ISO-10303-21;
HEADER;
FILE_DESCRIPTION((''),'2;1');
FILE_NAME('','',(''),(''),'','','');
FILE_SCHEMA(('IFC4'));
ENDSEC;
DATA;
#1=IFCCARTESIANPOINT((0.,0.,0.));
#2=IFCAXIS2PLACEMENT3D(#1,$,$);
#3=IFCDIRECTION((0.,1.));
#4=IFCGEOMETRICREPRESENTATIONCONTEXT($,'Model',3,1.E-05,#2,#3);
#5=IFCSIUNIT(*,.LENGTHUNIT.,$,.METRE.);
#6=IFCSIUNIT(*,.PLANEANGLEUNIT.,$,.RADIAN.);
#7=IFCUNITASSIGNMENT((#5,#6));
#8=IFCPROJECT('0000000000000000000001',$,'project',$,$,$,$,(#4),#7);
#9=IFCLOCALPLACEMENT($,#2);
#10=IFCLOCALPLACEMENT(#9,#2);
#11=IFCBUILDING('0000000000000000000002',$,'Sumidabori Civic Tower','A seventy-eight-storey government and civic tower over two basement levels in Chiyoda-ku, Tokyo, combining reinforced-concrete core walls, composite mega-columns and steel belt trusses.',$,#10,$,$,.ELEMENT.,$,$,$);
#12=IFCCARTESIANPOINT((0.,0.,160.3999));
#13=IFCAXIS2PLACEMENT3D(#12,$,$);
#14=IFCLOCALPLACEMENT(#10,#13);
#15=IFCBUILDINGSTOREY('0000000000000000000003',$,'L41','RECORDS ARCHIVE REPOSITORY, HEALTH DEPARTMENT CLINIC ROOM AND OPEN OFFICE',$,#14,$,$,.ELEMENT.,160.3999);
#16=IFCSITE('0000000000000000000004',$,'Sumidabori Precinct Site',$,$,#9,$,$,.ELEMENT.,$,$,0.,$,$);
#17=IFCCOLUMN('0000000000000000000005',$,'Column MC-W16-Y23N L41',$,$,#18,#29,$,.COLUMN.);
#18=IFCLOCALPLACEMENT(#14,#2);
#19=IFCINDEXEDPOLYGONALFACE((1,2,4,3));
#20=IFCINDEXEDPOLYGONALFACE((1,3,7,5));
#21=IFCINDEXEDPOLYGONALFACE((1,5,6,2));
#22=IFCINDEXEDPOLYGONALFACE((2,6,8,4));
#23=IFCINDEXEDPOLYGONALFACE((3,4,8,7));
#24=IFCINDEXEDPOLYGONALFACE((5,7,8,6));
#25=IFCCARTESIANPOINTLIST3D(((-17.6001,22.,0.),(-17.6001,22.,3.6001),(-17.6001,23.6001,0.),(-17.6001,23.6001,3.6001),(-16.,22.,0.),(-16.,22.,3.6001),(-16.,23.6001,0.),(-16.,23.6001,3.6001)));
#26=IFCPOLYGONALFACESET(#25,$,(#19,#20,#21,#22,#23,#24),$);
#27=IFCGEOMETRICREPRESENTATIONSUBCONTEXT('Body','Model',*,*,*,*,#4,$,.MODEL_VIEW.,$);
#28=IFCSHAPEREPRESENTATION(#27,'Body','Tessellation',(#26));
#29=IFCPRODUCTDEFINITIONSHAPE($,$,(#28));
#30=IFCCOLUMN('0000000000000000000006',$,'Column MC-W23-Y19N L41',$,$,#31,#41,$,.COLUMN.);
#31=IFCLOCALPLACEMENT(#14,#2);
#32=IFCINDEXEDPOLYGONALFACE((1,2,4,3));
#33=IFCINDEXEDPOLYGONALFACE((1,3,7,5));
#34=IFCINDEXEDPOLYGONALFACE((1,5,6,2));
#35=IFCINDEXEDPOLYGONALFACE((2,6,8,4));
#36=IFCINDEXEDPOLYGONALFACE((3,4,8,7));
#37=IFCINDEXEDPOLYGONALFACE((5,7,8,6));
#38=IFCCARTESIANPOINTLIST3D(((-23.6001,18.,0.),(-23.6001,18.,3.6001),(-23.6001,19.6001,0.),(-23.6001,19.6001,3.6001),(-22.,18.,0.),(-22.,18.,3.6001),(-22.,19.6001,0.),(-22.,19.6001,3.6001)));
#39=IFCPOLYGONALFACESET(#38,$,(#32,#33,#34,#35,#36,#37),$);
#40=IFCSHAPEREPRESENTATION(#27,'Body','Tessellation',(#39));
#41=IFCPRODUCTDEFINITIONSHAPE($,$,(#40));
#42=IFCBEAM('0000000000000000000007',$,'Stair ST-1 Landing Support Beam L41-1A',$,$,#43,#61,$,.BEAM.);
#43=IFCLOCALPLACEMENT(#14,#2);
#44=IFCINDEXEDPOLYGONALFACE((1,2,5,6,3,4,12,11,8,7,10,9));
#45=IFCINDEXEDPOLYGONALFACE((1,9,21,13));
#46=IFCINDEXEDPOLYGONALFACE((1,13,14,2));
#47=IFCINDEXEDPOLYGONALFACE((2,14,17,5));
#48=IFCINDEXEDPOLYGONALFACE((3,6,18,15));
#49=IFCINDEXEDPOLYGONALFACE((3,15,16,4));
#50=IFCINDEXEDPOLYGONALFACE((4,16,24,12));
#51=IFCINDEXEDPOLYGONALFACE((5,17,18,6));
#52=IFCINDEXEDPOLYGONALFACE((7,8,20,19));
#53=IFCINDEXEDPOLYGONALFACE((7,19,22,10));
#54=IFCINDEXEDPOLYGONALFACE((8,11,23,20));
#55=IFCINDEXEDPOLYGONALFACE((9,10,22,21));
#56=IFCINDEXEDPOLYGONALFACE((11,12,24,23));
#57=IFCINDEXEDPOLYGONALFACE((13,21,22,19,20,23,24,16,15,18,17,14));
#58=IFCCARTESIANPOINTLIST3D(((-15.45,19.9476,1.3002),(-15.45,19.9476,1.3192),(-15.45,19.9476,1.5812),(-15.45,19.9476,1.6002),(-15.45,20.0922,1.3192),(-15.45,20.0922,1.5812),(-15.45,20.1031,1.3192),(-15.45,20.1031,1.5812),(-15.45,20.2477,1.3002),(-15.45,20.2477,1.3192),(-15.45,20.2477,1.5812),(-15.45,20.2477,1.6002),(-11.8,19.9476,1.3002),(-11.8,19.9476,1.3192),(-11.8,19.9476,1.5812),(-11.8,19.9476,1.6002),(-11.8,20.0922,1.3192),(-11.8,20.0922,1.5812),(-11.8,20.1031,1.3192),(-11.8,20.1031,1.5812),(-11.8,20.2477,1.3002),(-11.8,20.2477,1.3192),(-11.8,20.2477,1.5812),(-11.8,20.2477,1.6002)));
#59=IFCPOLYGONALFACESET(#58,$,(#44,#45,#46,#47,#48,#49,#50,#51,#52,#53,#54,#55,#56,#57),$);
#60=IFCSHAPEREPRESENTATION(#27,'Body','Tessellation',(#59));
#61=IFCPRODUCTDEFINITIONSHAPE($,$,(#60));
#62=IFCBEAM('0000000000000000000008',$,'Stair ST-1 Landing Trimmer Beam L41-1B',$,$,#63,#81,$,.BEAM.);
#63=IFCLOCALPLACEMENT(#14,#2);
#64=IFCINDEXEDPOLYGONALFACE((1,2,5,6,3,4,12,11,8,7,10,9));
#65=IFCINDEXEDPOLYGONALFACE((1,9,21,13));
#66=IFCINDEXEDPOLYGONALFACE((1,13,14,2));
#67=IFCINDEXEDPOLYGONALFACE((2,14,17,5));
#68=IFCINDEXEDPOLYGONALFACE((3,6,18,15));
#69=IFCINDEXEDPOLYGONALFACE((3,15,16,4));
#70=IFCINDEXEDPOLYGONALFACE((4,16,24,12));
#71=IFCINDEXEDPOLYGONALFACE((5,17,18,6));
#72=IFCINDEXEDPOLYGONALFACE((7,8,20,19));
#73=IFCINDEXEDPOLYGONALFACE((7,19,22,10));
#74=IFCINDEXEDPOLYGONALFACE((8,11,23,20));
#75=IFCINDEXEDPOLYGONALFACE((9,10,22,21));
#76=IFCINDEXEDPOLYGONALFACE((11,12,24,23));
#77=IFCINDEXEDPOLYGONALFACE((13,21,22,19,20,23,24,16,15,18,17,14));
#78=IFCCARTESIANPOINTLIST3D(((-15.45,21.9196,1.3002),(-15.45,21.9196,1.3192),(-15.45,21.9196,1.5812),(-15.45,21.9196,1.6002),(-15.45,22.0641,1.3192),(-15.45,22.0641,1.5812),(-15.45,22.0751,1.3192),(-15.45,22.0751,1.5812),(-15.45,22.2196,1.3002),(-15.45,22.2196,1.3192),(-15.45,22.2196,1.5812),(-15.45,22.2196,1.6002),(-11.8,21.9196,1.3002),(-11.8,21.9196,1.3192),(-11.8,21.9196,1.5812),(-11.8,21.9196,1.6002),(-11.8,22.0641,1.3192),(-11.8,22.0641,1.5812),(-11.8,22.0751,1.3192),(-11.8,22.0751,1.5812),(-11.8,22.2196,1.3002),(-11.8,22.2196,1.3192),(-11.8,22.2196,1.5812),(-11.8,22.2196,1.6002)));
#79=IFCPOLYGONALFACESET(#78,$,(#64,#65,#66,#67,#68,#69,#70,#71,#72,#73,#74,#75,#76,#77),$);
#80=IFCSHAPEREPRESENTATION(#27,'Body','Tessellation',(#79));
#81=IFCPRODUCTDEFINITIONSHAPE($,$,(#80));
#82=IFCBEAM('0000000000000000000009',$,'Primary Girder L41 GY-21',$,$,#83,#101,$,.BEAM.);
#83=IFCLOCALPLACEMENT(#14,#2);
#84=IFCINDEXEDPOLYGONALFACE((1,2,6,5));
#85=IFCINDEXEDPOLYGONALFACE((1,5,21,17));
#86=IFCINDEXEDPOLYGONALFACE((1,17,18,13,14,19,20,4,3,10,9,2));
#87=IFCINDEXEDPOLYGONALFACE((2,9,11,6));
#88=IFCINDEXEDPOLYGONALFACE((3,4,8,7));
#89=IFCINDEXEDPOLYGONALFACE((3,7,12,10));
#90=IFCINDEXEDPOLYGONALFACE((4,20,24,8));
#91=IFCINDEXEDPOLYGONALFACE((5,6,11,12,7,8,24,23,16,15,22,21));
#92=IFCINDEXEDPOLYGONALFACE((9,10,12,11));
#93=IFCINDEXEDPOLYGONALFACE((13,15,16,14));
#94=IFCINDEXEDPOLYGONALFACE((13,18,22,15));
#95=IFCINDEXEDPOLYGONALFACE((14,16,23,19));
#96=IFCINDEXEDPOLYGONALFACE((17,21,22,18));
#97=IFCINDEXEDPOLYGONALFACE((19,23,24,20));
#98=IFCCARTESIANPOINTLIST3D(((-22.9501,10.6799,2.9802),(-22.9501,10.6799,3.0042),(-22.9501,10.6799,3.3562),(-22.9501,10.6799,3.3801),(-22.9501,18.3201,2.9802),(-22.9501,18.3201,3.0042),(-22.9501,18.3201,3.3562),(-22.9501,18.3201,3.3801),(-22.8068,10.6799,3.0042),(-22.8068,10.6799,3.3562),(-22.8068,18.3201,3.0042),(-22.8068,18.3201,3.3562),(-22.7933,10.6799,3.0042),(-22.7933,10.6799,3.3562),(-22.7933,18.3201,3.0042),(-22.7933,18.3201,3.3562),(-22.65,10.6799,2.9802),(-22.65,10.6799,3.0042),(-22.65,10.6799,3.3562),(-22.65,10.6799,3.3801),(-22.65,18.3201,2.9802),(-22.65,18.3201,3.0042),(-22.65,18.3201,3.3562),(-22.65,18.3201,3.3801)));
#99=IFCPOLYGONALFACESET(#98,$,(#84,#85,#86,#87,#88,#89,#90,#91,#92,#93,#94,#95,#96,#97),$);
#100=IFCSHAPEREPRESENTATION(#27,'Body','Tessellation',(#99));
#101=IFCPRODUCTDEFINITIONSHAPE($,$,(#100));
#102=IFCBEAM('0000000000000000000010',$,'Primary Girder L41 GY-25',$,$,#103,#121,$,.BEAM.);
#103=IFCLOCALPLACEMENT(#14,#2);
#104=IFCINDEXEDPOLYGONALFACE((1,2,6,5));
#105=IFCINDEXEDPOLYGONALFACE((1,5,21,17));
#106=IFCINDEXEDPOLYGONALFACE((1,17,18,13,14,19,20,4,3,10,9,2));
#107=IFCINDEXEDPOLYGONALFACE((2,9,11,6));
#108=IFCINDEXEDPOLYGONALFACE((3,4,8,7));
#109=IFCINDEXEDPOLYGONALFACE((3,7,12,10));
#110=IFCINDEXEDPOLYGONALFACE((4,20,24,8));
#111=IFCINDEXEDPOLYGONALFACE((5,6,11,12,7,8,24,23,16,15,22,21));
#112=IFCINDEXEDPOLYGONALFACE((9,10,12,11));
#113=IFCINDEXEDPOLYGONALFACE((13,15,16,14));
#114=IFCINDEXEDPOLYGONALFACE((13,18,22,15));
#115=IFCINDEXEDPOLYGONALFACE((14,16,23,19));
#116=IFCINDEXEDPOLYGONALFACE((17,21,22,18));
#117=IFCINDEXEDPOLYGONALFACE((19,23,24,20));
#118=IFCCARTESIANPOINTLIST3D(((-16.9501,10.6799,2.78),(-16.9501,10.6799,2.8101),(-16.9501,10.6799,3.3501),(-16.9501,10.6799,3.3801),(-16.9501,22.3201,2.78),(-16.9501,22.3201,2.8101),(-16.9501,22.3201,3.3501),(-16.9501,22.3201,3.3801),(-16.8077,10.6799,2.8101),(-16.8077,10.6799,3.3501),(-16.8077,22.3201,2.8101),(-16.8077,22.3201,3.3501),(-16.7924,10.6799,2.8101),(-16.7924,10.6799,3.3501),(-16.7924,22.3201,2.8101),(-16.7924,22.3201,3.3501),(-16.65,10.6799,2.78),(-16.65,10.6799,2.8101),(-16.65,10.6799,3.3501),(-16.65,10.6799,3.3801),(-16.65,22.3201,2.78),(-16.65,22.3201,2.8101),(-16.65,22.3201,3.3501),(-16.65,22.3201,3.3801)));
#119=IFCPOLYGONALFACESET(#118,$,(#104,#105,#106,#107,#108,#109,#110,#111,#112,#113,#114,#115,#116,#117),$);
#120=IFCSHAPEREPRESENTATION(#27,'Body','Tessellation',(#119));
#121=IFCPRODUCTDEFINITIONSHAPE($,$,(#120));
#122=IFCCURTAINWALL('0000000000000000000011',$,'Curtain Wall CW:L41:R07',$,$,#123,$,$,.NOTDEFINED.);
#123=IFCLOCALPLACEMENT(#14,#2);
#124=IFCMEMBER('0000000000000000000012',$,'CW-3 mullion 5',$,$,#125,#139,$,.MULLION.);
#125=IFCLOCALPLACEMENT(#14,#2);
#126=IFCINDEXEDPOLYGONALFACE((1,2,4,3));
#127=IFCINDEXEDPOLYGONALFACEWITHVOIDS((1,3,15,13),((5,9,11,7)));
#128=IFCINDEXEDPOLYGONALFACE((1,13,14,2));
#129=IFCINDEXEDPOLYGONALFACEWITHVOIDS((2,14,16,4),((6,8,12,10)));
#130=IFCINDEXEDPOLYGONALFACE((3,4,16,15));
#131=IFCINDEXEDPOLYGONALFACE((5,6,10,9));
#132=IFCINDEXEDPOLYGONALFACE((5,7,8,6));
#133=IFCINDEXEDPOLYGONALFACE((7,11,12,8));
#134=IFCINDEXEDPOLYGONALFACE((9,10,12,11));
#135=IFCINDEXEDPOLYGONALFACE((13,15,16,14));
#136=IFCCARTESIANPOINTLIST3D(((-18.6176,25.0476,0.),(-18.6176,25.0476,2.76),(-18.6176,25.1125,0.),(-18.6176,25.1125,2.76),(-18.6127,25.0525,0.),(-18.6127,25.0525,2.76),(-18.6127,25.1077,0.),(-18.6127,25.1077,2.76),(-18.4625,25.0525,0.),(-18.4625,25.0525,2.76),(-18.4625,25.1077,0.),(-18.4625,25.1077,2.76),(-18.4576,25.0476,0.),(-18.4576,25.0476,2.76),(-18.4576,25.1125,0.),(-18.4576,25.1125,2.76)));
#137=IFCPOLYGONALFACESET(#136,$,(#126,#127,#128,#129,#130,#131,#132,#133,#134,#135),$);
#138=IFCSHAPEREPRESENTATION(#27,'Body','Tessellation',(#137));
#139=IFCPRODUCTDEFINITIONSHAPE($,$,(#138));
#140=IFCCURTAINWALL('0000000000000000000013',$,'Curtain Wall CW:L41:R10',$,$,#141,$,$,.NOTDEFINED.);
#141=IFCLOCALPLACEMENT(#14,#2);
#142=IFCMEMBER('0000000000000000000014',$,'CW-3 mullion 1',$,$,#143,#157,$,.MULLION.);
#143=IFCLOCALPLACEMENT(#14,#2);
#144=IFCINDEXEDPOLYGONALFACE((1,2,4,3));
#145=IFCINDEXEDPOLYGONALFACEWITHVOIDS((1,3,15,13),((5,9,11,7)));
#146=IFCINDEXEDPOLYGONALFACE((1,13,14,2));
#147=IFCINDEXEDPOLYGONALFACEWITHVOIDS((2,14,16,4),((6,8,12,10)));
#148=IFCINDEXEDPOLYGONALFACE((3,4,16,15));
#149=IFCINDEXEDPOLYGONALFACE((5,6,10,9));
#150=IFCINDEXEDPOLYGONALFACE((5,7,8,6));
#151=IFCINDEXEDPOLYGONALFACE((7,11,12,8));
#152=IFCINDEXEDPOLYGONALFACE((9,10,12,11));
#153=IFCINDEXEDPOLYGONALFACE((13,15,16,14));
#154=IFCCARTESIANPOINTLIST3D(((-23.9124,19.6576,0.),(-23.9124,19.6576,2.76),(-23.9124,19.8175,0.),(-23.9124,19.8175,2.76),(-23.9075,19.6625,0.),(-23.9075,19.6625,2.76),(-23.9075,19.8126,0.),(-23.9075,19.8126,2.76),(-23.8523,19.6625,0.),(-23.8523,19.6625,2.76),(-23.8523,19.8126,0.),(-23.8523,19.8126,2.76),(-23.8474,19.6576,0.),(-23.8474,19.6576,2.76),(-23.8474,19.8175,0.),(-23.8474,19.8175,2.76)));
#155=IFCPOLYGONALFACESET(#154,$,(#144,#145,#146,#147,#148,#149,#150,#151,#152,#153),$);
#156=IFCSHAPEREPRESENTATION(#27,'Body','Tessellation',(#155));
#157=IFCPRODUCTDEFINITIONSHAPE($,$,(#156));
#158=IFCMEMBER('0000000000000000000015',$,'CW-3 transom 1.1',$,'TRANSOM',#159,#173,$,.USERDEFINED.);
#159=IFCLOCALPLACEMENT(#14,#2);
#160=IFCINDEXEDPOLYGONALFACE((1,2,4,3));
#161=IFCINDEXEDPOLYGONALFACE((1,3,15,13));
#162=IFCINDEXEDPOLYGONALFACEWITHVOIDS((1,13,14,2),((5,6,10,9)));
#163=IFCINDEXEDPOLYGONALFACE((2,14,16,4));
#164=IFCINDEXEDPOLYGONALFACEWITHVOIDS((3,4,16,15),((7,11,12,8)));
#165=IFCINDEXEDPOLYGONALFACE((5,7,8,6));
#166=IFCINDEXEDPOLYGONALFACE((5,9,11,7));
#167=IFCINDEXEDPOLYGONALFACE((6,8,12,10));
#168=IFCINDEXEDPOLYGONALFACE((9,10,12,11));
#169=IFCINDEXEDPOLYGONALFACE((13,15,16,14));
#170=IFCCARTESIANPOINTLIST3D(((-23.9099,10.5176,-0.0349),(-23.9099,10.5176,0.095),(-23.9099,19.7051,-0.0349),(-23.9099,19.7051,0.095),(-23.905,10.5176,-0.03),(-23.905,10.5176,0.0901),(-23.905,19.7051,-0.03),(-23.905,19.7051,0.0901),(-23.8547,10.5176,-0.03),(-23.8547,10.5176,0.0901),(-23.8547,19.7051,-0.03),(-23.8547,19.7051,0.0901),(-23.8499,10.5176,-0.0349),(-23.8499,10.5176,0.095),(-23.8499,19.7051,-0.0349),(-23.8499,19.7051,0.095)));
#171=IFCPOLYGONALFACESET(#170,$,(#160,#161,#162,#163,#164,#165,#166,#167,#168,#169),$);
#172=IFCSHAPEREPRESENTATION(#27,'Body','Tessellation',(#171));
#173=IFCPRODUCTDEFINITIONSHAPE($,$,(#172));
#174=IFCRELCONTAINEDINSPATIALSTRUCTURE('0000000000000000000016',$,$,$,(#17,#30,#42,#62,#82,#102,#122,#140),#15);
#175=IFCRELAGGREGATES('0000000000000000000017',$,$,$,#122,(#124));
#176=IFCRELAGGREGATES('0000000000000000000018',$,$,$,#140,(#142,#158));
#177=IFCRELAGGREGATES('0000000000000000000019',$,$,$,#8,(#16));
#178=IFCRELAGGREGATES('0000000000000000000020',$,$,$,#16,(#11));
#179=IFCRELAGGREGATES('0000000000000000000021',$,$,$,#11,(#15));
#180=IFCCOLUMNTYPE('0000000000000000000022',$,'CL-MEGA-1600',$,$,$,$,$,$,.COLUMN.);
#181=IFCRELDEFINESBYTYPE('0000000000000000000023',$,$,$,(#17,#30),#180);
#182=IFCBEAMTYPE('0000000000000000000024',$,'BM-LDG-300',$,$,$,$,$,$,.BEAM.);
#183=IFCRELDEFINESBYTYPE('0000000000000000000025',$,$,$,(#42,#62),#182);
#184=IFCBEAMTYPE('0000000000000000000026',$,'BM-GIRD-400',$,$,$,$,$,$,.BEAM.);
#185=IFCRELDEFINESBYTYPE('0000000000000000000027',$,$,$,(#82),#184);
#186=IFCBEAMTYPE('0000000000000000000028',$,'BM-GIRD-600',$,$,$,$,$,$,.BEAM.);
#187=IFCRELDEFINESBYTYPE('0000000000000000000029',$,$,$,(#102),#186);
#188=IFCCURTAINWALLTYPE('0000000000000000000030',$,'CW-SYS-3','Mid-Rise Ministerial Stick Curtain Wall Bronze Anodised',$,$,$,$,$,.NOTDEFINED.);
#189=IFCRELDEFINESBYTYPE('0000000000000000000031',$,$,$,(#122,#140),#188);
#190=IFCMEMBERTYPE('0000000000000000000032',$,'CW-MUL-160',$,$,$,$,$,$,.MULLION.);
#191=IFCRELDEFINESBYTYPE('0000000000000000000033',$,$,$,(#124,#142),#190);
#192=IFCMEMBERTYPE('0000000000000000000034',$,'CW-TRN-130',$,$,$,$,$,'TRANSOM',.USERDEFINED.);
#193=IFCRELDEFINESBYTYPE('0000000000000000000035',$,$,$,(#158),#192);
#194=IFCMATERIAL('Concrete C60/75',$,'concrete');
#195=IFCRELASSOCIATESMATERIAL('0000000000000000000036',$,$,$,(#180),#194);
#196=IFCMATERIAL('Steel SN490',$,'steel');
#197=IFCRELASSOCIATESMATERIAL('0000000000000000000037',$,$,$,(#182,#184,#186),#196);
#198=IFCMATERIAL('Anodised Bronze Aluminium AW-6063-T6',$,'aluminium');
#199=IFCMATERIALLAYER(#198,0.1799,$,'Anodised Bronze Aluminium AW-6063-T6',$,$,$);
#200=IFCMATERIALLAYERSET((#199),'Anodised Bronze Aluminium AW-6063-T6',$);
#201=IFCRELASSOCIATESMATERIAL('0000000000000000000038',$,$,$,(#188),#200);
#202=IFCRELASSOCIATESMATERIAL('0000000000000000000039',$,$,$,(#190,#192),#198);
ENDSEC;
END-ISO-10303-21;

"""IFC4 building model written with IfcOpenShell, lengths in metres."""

from ifc_helpers import new_model, si_unit, direction, frame, origin, origin_2d, place, context, subcontext, project, spatial, rectangle, hollow_rectangle, i_section, extrude, source, transform, mapped, material, layer, layer_set, material_profile, profile_set, type_object, element, aggregate, save


model = new_model("IFC4")

# Units and contexts
model_context = context("Model", 3, precision=1e-05, world=origin(), true_north=direction((0.0, 1.0)))
body_context = subcontext(model_context, "Body", "Model", "MODEL_VIEW")
ifc_project = project(units=[si_unit("LENGTHUNIT", "METRE"), si_unit("PLANEANGLEUNIT", "RADIAN")], contexts=[model_context])

# Site, building, storey
site_placement = place(None, origin())
site = spatial("IfcSite", under=ifc_project, at=site_placement, Name="Sumidabori Precinct Site", CompositionType="ELEMENT", RefElevation=0.0)
building_placement = place(site_placement, origin())
building = spatial("IfcBuilding", under=site, at=building_placement, Name="Sumidabori Civic Tower", Description="A seventy-eight-storey government and civic tower over two basement levels in Chiyoda-ku, Tokyo, combining reinforced-concrete core walls, composite mega-columns and steel belt trusses.", CompositionType="ELEMENT")
storey_placement = place(building_placement, frame((0.0, 0.0, 160.3999)))
storey = spatial("IfcBuildingStorey", under=building, at=storey_placement, Name="L41", Description="RECORDS ARCHIVE REPOSITORY, HEALTH DEPARTMENT CLINIC ROOM AND OPEN OFFICE", CompositionType="ELEMENT", Elevation=160.3999)

# Columns
ifc_material_1 = material(Name="Concrete C60/75", Category="concrete")
ifc_material_profile_1 = material_profile(ifc_material_1, rectangle(XDim=1.6001, YDim=1.6001, at=origin_2d()), Name="RC 1600x1600")
ifc_profile_set_1 = profile_set([ifc_material_profile_1], Name="Concrete C60/75")
column_type = type_object("IfcColumnType", Name="CL-MEGA-1600", PredefinedType="COLUMN", material=ifc_profile_set_1)
shared_shape_1 = source(origin(), body_context, "Body", "SweptSolid", [
    extrude(rectangle(XDim=1.6001, YDim=1.6001, at=origin_2d()), origin(), (0.0, 0.0, 1.0), 3.6001),
])
for number, where, z_axis, x_axis, name in (
    (1, (-16.8, 22.8, 0.0), (0.0, 0.0, 1.0), (1.0, 0.0, 0.0), "Column MC-W16-Y23N L41"),
    (2, (-22.8, 18.8, 0.0), (0.0, 0.0, 1.0), (1.0, 0.0, 0.0), "Column MC-W23-Y19N L41"),
):
    element("IfcColumn", number, at=place(storey_placement, frame(where, z_axis=z_axis, x_axis=x_axis)), inside=storey, type_object=column_type, Name=name, PredefinedType="COLUMN", context=body_context, shape_type="MappedRepresentation", body=[
        mapped(shared_shape_1, transform((0.0, 0.0, 0.0), x_axis=(1.0, 0.0, 0.0), y_axis=(0.0, 1.0, 0.0), z_axis=(0.0, 0.0, 1.0), scale=1.0)),
    ])

# Beams
ifc_material_2 = material(Name="Steel SN490", Category="steel")
ifc_material_profile_2 = material_profile(ifc_material_2, i_section(OverallWidth=0.3, OverallDepth=0.3, WebThickness=0.011, FlangeThickness=0.019, at=origin_2d()), Name="HE 300 B")
ifc_profile_set_2 = profile_set([ifc_material_profile_2], Name="Steel SN490")
beam_type_1 = type_object("IfcBeamType", Name="BM-LDG-300", PredefinedType="BEAM", material=ifc_profile_set_2)
shared_shape_2 = source(origin(), body_context, "Body", "SweptSolid", [
    extrude(i_section(OverallWidth=0.3, OverallDepth=0.3, WebThickness=0.011, FlangeThickness=0.019, at=origin_2d()), origin(), (0.0, 0.0, 1.0), 3.6499),
])
for number, where, z_axis, x_axis, name in (
    (3, (-15.45, 20.0977, 1.4502), (1.0, 0.0, 0.0), (0.0, 1.0, 0.0), "Stair ST-1 Landing Support Beam L41-1A"),
    (4, (-15.45, 22.0696, 1.4502), (1.0, 0.0, 0.0), (0.0, 1.0, 0.0), "Stair ST-1 Landing Trimmer Beam L41-1B"),
):
    element("IfcBeam", number, at=place(storey_placement, frame(where, z_axis=z_axis, x_axis=x_axis)), inside=storey, type_object=beam_type_1, Name=name, PredefinedType="BEAM", context=body_context, shape_type="MappedRepresentation", body=[
        mapped(shared_shape_2, transform((0.0, 0.0, 0.0), x_axis=(1.0, 0.0, 0.0), y_axis=(0.0, 1.0, 0.0), z_axis=(0.0, 0.0, 1.0), scale=1.0)),
    ])
ifc_material_profile_3 = material_profile(ifc_material_2, i_section(OverallWidth=0.3, OverallDepth=0.3999, WebThickness=0.0134, FlangeThickness=0.0239, at=origin_2d()), Name="HE 400 B")
ifc_profile_set_3 = profile_set([ifc_material_profile_3], Name="Steel SN490")
beam_type_2 = type_object("IfcBeamType", Name="BM-GIRD-400", PredefinedType="BEAM", material=ifc_profile_set_3)
shared_shape_3 = source(origin(), body_context, "Body", "SweptSolid", [
    extrude(i_section(OverallWidth=0.3, OverallDepth=0.3999, WebThickness=0.0134, FlangeThickness=0.0239, at=origin_2d()), origin(), (0.0, 0.0, 1.0), 7.6401),
])
beam_1_placement = place(storey_placement, frame((-22.8, 10.6799, 3.1802), z_axis=(0.0, 1.0, 0.0), x_axis=(-1.0, 0.0, 0.0)))
element("IfcBeam", 5, at=beam_1_placement, inside=storey, type_object=beam_type_2, Name="Primary Girder L41 GY-21", PredefinedType="BEAM", context=body_context, shape_type="MappedRepresentation", body=[
    mapped(shared_shape_3, transform((0.0, 0.0, 0.0), x_axis=(1.0, 0.0, 0.0), y_axis=(0.0, 1.0, 0.0), z_axis=(0.0, 0.0, 1.0), scale=1.0)),
])
ifc_material_profile_4 = material_profile(ifc_material_2, i_section(OverallWidth=0.3, OverallDepth=0.6001, WebThickness=0.0154, FlangeThickness=0.03, at=origin_2d()), Name="HE 600 B")
ifc_profile_set_4 = profile_set([ifc_material_profile_4], Name="Steel SN490")
beam_type_3 = type_object("IfcBeamType", Name="BM-GIRD-600", PredefinedType="BEAM", material=ifc_profile_set_4)
shared_shape_4 = source(origin(), body_context, "Body", "SweptSolid", [
    extrude(i_section(OverallWidth=0.3, OverallDepth=0.6001, WebThickness=0.0154, FlangeThickness=0.03, at=origin_2d()), origin(), (0.0, 0.0, 1.0), 11.6401),
])
beam_2_placement = place(storey_placement, frame((-16.8, 10.6799, 3.0801), z_axis=(0.0, 1.0, 0.0), x_axis=(-1.0, 0.0, 0.0)))
element("IfcBeam", 6, at=beam_2_placement, inside=storey, type_object=beam_type_3, Name="Primary Girder L41 GY-25", PredefinedType="BEAM", context=body_context, shape_type="MappedRepresentation", body=[
    mapped(shared_shape_4, transform((0.0, 0.0, 0.0), x_axis=(1.0, 0.0, 0.0), y_axis=(0.0, 1.0, 0.0), z_axis=(0.0, 0.0, 1.0), scale=1.0)),
])

# Curtain wall, member
ifc_material_3 = material(Name="Anodised Bronze Aluminium AW-6063-T6", Category="aluminium")
ifc_layer_1 = layer(ifc_material_3, 0.1799, Name="Anodised Bronze Aluminium AW-6063-T6")
ifc_layer_set_1 = layer_set([ifc_layer_1], Name="Anodised Bronze Aluminium AW-6063-T6")
curtain_wall_type = type_object("IfcCurtainWallType", Name="CW-SYS-3", Description="Mid-Rise Ministerial Stick Curtain Wall Bronze Anodised", PredefinedType="NOTDEFINED", material=ifc_layer_set_1)
curtain_wall_1_placement = place(storey_placement, origin())
curtain_wall_1 = element("IfcCurtainWall", 7, at=curtain_wall_1_placement, inside=storey, type_object=curtain_wall_type, Name="Curtain Wall CW:L41:R07", PredefinedType="NOTDEFINED")
ifc_material_profile_5 = material_profile(ifc_material_3, hollow_rectangle(XDim=0.0649, YDim=0.1599, WallThickness=0.0049, at=origin_2d()), Name="ALU MULLION 160x65")
ifc_profile_set_5 = profile_set([ifc_material_profile_5], Name="Anodised Bronze Aluminium AW-6063-T6")
member_type_1 = type_object("IfcMemberType", Name="CW-MUL-160", PredefinedType="MULLION", material=ifc_profile_set_5)
shared_shape_5 = source(origin(), body_context, "Body", "SweptSolid", [
    extrude(hollow_rectangle(XDim=0.0649, YDim=0.1599, WallThickness=0.0049, at=origin_2d()), origin(), (0.0, 0.0, 1.0), 2.76),
])
member_1_placement = place(storey_placement, frame((-18.5376, 25.0801, 0.0), z_axis=(0.0, 0.0, 1.0), x_axis=(0.0, -1.0, 0.0)))
member_1 = element("IfcMember", 8, at=member_1_placement, type_object=member_type_1, Name="CW-3 mullion 5", PredefinedType="MULLION", context=body_context, shape_type="MappedRepresentation", body=[
    mapped(shared_shape_5, transform((0.0, 0.0, 0.0), x_axis=(1.0, 0.0, 0.0), y_axis=(0.0, 1.0, 0.0), z_axis=(0.0, 0.0, 1.0), scale=1.0)),
])
aggregate(curtain_wall_1, [member_1])

# Curtain wall, members
curtain_wall_2_placement = place(storey_placement, origin())
curtain_wall_2 = element("IfcCurtainWall", 9, at=curtain_wall_2_placement, inside=storey, type_object=curtain_wall_type, Name="Curtain Wall CW:L41:R10", PredefinedType="NOTDEFINED")
member_2_placement = place(storey_placement, frame((-23.8799, 19.7375, 0.0), z_axis=(0.0, 0.0, 1.0), x_axis=(1.0, 0.0, 0.0)))
member_2 = element("IfcMember", 10, at=member_2_placement, type_object=member_type_1, Name="CW-3 mullion 1", PredefinedType="MULLION", context=body_context, shape_type="MappedRepresentation", body=[
    mapped(shared_shape_5, transform((0.0, 0.0, 0.0), x_axis=(1.0, 0.0, 0.0), y_axis=(0.0, 1.0, 0.0), z_axis=(0.0, 0.0, 1.0), scale=1.0)),
])
ifc_material_profile_6 = material_profile(ifc_material_3, hollow_rectangle(XDim=0.0601, YDim=0.1299, WallThickness=0.0049, at=origin_2d()), Name="ALU TRANSOM 130x60")
ifc_profile_set_6 = profile_set([ifc_material_profile_6], Name="Anodised Bronze Aluminium AW-6063-T6")
member_type_2 = type_object("IfcMemberType", Name="CW-TRN-130", ElementType="TRANSOM", PredefinedType="USERDEFINED", material=ifc_profile_set_6)
shared_shape_6 = source(origin(), body_context, "Body", "SweptSolid", [
    extrude(hollow_rectangle(XDim=0.0601, YDim=0.1299, WallThickness=0.0049, at=origin_2d()), origin(), (0.0, 0.0, 1.0), 9.1875),
])
member_3_placement = place(storey_placement, frame((-23.8799, 19.7051, 0.03), z_axis=(0.0, -1.0, 0.0), x_axis=(1.0, 0.0, 0.0)))
member_3 = element("IfcMember", 11, at=member_3_placement, type_object=member_type_2, Name="CW-3 transom 1.1", ObjectType="TRANSOM", PredefinedType="USERDEFINED", context=body_context, shape_type="MappedRepresentation", body=[
    mapped(shared_shape_6, transform((0.0, 0.0, 0.0), x_axis=(1.0, 0.0, 0.0), y_axis=(0.0, 1.0, 0.0), z_axis=(0.0, 0.0, 1.0), scale=1.0)),
])
aggregate(curtain_wall_2, [member_2, member_3])

save(model, "model.ifc")
